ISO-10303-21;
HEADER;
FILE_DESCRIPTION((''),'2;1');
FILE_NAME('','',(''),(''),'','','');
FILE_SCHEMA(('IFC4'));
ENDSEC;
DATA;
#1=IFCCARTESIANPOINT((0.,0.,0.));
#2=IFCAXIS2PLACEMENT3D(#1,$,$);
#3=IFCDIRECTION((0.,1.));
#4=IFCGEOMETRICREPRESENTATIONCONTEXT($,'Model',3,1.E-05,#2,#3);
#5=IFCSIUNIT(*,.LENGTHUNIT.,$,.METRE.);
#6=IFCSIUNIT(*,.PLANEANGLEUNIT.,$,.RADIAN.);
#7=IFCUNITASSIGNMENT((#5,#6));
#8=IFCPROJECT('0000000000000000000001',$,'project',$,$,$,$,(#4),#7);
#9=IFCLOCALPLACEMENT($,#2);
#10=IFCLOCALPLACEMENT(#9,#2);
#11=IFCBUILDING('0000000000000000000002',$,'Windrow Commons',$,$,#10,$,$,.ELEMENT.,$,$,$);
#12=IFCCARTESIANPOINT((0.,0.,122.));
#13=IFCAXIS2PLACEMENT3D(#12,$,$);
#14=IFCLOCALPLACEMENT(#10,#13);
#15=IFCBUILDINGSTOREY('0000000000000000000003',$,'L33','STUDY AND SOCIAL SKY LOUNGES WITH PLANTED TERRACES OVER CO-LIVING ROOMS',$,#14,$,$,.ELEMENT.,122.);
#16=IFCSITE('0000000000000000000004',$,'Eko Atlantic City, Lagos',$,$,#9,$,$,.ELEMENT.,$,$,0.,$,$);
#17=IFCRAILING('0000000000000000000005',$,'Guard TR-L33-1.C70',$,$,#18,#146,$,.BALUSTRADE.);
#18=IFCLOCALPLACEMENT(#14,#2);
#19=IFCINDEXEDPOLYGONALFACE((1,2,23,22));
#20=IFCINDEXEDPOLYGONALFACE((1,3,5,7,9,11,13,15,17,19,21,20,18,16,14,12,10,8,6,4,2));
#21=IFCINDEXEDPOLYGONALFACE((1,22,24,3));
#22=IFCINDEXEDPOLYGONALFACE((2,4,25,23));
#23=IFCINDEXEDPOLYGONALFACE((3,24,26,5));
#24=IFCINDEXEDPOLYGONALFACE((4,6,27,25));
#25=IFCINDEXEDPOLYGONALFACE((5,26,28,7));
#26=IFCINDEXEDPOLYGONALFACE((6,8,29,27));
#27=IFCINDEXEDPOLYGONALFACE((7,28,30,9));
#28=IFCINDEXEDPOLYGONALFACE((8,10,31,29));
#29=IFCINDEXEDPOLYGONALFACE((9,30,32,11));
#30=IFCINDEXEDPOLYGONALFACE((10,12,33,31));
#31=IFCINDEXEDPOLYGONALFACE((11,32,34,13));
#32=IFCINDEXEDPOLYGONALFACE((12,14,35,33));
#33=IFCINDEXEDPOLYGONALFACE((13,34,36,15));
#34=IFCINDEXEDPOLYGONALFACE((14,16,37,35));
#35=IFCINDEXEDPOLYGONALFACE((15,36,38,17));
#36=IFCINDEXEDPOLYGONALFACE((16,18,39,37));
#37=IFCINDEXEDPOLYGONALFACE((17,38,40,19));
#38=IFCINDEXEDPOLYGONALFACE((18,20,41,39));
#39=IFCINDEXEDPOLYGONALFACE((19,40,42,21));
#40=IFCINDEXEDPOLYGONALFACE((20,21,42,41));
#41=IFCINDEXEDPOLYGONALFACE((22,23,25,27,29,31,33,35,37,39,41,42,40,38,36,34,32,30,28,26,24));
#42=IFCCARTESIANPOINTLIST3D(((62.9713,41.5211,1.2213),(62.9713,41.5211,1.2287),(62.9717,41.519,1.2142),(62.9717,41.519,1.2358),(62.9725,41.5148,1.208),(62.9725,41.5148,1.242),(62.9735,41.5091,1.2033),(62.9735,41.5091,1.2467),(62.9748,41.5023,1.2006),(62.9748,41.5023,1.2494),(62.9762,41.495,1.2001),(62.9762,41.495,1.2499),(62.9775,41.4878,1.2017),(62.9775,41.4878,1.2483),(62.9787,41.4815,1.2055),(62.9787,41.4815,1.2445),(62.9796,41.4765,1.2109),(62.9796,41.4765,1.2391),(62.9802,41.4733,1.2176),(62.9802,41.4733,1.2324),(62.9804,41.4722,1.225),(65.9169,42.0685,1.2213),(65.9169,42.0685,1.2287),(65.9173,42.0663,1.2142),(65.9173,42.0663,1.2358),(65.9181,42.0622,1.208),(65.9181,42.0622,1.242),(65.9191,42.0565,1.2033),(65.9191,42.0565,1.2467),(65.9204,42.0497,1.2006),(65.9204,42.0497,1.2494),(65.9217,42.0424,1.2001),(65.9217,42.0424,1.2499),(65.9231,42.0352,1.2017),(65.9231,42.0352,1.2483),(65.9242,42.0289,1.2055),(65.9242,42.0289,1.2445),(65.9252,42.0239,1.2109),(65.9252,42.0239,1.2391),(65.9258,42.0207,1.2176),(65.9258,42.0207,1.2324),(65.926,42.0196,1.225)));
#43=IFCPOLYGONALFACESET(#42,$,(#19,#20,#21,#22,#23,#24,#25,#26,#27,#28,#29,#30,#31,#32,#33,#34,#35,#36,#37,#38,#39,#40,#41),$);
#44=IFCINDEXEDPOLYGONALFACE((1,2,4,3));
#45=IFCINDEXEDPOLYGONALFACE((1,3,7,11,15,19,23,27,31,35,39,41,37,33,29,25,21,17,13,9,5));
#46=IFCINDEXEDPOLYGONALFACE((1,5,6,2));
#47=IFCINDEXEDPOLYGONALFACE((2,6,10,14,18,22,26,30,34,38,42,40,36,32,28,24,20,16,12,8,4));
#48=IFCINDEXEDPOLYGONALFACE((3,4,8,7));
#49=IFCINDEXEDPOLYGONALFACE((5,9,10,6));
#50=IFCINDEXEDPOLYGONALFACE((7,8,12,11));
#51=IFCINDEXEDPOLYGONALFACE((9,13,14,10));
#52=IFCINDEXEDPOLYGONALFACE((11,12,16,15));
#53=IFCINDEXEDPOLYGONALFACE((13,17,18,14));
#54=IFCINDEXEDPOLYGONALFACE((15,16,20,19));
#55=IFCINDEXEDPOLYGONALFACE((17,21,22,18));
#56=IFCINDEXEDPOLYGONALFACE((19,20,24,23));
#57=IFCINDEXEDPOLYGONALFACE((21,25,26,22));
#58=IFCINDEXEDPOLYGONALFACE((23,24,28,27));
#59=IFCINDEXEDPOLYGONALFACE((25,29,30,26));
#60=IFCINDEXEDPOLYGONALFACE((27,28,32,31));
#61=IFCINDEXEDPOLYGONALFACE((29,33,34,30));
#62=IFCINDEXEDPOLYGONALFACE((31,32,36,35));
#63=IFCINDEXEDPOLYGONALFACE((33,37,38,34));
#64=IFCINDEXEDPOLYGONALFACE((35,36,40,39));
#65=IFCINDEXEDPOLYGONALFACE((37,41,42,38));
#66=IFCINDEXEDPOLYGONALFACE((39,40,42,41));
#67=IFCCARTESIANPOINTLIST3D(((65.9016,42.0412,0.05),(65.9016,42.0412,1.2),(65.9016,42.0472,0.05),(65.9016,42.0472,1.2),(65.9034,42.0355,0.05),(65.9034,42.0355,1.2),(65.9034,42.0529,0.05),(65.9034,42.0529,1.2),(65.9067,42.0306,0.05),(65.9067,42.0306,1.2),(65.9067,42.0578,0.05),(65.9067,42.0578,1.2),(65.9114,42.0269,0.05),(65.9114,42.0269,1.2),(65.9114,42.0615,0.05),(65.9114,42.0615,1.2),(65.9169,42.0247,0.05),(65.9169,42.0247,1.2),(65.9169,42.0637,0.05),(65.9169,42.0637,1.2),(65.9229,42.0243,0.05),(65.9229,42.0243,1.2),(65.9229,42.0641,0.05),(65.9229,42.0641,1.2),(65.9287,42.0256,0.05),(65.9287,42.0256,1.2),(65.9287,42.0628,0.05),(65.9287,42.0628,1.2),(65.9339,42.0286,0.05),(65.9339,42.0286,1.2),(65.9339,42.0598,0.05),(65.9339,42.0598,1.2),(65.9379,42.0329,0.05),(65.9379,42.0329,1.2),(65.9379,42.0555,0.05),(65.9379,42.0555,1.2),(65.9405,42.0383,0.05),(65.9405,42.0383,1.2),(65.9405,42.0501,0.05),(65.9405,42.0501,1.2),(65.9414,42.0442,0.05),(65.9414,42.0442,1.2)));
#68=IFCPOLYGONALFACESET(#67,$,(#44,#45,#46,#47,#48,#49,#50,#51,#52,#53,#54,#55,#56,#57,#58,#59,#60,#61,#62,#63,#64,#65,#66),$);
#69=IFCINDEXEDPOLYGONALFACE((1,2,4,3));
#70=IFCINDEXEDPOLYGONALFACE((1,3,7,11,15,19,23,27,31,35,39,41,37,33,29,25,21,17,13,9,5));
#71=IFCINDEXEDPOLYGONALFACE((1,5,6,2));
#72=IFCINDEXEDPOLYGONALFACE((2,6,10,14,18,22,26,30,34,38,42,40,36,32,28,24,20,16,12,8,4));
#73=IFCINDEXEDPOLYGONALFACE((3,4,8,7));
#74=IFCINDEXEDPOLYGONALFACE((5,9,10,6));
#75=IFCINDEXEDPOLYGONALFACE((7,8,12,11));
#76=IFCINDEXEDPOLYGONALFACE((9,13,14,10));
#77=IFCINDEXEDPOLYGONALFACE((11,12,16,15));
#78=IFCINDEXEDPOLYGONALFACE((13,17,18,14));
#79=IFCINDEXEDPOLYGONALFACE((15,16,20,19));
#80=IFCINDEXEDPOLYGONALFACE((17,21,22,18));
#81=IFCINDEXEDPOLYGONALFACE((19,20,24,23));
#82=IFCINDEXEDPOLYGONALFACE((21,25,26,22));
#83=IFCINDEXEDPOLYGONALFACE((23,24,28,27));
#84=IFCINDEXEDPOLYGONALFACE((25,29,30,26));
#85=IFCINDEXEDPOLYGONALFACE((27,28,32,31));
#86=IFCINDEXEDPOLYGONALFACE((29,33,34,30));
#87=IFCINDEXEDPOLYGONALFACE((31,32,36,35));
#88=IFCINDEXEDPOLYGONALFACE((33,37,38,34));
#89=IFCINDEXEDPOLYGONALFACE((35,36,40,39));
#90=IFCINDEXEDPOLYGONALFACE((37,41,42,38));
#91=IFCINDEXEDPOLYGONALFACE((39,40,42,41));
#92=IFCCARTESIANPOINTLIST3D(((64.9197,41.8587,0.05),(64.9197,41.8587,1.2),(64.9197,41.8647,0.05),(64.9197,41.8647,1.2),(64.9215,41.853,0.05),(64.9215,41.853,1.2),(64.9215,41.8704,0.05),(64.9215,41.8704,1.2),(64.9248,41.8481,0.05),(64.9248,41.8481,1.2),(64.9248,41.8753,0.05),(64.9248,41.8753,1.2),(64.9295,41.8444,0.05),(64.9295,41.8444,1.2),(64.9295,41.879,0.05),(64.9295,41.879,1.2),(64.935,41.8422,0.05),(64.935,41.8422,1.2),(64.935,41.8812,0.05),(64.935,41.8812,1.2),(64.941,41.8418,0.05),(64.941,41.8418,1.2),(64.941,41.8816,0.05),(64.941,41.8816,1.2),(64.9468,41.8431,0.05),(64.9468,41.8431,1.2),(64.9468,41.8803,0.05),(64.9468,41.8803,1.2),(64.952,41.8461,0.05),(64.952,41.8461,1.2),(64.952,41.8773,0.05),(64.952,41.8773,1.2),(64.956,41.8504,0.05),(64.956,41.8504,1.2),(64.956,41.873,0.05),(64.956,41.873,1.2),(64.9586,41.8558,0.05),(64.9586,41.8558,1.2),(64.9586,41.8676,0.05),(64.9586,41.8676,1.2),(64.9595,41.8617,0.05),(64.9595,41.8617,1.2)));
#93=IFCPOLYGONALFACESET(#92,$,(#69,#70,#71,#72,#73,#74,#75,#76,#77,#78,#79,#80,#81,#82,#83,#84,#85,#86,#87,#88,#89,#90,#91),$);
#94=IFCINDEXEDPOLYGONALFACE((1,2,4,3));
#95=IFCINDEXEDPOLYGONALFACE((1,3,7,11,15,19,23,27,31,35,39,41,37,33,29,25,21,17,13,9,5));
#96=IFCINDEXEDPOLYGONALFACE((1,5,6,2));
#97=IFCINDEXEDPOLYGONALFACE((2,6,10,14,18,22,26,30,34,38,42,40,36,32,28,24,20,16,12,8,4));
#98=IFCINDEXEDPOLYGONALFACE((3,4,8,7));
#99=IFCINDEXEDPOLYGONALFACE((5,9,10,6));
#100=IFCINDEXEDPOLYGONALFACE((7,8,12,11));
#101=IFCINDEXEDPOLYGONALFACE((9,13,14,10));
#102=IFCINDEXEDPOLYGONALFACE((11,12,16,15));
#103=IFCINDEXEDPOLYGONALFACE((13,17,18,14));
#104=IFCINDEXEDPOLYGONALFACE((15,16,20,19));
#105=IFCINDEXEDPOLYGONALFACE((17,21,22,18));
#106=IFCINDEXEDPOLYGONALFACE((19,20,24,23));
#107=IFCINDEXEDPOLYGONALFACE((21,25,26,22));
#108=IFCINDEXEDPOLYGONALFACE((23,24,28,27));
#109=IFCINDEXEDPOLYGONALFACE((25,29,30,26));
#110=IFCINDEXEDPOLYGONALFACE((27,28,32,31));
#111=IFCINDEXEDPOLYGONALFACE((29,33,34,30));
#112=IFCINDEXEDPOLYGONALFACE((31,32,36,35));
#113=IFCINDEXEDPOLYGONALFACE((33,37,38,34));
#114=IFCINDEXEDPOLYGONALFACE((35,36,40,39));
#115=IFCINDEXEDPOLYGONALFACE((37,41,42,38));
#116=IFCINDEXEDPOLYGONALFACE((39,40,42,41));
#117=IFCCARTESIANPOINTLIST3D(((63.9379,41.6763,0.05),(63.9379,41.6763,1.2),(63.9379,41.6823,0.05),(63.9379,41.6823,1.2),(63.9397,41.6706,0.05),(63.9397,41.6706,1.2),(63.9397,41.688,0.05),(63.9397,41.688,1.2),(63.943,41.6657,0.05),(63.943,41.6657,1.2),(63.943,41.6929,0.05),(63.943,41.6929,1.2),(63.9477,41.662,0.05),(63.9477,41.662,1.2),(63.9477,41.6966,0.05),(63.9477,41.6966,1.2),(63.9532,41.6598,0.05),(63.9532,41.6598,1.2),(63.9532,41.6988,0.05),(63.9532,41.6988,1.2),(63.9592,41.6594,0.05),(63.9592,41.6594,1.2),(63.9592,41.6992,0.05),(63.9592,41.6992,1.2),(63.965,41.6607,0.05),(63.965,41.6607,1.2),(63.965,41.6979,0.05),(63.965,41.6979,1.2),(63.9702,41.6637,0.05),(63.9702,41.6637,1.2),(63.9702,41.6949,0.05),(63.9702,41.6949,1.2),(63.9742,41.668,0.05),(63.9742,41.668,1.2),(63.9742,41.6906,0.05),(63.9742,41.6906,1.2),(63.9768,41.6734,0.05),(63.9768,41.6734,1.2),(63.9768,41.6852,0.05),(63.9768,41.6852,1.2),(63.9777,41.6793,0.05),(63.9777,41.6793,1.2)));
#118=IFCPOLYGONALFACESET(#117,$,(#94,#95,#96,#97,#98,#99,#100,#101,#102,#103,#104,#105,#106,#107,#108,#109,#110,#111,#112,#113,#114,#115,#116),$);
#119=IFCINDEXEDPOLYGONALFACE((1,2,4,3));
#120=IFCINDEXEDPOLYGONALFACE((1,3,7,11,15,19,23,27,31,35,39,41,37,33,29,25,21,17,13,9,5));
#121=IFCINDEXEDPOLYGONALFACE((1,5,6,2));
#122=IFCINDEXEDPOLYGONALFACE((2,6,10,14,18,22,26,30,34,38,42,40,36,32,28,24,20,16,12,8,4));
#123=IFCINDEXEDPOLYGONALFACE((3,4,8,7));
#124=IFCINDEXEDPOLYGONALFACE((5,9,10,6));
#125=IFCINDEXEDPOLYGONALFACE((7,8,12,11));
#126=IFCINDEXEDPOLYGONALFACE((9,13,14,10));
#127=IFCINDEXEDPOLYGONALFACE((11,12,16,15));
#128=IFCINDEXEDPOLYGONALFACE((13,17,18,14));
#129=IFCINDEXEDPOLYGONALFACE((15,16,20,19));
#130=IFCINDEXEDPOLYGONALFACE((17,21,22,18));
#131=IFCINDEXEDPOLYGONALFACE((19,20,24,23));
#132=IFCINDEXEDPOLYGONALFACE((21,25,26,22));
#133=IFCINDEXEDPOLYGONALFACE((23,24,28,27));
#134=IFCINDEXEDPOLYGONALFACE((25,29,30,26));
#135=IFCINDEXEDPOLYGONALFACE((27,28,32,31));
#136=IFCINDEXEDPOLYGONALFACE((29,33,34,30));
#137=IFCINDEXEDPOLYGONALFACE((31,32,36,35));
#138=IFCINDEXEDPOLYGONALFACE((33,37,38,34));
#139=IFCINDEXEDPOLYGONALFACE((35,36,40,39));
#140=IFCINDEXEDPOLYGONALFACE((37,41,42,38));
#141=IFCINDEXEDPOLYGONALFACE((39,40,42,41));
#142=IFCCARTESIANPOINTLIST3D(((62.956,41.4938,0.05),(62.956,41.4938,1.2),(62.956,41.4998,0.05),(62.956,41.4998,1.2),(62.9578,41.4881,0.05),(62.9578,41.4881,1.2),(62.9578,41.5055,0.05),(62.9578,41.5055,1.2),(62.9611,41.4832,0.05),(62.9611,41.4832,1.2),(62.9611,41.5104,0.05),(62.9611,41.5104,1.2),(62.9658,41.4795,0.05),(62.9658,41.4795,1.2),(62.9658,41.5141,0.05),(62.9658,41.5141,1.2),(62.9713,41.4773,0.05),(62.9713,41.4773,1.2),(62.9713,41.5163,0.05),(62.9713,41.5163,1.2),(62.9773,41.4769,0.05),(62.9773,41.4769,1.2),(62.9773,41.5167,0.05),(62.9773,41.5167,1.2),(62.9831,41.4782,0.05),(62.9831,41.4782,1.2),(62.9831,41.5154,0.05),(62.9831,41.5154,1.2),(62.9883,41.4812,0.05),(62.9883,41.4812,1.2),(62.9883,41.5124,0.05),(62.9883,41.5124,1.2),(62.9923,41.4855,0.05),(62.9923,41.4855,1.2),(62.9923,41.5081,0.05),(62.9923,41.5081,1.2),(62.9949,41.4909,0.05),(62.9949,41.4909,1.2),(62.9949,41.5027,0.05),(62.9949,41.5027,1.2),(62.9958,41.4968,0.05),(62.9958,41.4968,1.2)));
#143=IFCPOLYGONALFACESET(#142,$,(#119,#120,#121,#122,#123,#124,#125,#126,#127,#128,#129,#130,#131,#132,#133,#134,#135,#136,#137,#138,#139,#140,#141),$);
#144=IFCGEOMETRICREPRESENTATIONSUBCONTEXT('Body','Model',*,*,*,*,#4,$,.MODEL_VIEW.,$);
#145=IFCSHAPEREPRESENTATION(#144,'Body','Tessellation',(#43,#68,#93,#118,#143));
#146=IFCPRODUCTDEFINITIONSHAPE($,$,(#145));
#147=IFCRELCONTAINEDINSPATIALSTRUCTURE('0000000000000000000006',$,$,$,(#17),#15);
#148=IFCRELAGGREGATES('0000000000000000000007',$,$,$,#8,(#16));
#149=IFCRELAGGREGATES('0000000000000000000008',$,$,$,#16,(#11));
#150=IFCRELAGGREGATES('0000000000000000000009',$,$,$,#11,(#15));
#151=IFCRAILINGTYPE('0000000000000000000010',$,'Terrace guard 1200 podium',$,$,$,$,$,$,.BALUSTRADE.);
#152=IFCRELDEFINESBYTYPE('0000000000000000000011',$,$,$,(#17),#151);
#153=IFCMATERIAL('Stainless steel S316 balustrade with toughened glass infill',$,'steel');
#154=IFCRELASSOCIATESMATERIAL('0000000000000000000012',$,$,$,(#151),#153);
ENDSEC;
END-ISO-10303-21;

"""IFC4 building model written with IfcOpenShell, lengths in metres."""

from ifc_helpers import new_model, si_unit, direction, frame, origin, origin_2d, place, context, subcontext, project, spatial, circle, extrude, material, type_object, element, save


model = new_model("IFC4")

# Units and contexts
model_context = context("Model", 3, precision=1e-05, world=origin(), true_north=direction((0.0, 1.0)))
body_context = subcontext(model_context, "Body", "Model", "MODEL_VIEW")
ifc_project = project(units=[si_unit("LENGTHUNIT", "METRE"), si_unit("PLANEANGLEUNIT", "RADIAN")], contexts=[model_context])

# Site, building, storey
site_placement = place(None, origin())
site = spatial("IfcSite", under=ifc_project, at=site_placement, Name="Eko Atlantic City, Lagos", CompositionType="ELEMENT", RefElevation=0.0)
building_placement = place(site_placement, origin())
building = spatial("IfcBuilding", under=site, at=building_placement, Name="Windrow Commons", CompositionType="ELEMENT")
storey_placement = place(building_placement, frame((0.0, 0.0, 122.0)))
storey = spatial("IfcBuildingStorey", under=building, at=storey_placement, Name="L33", Description="STUDY AND SOCIAL SKY LOUNGES WITH PLANTED TERRACES OVER CO-LIVING ROOMS", CompositionType="ELEMENT", Elevation=122.0)

# Railing
ifc_material_1 = material(Name="Stainless steel S316 balustrade with toughened glass infill", Category="steel")
railing_type = type_object("IfcRailingType", Name="Terrace guard 1200 podium", PredefinedType="BALUSTRADE", material=ifc_material_1)
railing_1_placement = place(storey_placement, frame((65.9214, 42.0442, 0.05)))
element("IfcRailing", 1, at=railing_1_placement, inside=storey, type_object=railing_type, Name="Guard TR-L33-1.C70", PredefinedType="BALUSTRADE", context=body_context, shape_type="SweptSolid", body=[
    extrude(circle(Radius=0.025, at=origin_2d()), frame((0.0, 0.0, 1.175), z_axis=(-0.983167, -0.182708, 0.0), x_axis=(0.182708, -0.983167, 0.0)), (0.0, 0.0, 1.0), 2.996),
    extrude(circle(Radius=0.02, at=origin_2d()), origin(), (0.0, 0.0, 1.0), 1.15),
    extrude(circle(Radius=0.02, at=origin_2d()), frame((-0.9819, -0.1825, 0.0)), (0.0, 0.0, 1.0), 1.15),
    extrude(circle(Radius=0.02, at=origin_2d()), frame((-1.9637, -0.3649, 0.0)), (0.0, 0.0, 1.0), 1.15),
    extrude(circle(Radius=0.02, at=origin_2d()), frame((-2.9456, -0.5474, 0.0)), (0.0, 0.0, 1.0), 1.15),
])

save(model, "model.ifc")
